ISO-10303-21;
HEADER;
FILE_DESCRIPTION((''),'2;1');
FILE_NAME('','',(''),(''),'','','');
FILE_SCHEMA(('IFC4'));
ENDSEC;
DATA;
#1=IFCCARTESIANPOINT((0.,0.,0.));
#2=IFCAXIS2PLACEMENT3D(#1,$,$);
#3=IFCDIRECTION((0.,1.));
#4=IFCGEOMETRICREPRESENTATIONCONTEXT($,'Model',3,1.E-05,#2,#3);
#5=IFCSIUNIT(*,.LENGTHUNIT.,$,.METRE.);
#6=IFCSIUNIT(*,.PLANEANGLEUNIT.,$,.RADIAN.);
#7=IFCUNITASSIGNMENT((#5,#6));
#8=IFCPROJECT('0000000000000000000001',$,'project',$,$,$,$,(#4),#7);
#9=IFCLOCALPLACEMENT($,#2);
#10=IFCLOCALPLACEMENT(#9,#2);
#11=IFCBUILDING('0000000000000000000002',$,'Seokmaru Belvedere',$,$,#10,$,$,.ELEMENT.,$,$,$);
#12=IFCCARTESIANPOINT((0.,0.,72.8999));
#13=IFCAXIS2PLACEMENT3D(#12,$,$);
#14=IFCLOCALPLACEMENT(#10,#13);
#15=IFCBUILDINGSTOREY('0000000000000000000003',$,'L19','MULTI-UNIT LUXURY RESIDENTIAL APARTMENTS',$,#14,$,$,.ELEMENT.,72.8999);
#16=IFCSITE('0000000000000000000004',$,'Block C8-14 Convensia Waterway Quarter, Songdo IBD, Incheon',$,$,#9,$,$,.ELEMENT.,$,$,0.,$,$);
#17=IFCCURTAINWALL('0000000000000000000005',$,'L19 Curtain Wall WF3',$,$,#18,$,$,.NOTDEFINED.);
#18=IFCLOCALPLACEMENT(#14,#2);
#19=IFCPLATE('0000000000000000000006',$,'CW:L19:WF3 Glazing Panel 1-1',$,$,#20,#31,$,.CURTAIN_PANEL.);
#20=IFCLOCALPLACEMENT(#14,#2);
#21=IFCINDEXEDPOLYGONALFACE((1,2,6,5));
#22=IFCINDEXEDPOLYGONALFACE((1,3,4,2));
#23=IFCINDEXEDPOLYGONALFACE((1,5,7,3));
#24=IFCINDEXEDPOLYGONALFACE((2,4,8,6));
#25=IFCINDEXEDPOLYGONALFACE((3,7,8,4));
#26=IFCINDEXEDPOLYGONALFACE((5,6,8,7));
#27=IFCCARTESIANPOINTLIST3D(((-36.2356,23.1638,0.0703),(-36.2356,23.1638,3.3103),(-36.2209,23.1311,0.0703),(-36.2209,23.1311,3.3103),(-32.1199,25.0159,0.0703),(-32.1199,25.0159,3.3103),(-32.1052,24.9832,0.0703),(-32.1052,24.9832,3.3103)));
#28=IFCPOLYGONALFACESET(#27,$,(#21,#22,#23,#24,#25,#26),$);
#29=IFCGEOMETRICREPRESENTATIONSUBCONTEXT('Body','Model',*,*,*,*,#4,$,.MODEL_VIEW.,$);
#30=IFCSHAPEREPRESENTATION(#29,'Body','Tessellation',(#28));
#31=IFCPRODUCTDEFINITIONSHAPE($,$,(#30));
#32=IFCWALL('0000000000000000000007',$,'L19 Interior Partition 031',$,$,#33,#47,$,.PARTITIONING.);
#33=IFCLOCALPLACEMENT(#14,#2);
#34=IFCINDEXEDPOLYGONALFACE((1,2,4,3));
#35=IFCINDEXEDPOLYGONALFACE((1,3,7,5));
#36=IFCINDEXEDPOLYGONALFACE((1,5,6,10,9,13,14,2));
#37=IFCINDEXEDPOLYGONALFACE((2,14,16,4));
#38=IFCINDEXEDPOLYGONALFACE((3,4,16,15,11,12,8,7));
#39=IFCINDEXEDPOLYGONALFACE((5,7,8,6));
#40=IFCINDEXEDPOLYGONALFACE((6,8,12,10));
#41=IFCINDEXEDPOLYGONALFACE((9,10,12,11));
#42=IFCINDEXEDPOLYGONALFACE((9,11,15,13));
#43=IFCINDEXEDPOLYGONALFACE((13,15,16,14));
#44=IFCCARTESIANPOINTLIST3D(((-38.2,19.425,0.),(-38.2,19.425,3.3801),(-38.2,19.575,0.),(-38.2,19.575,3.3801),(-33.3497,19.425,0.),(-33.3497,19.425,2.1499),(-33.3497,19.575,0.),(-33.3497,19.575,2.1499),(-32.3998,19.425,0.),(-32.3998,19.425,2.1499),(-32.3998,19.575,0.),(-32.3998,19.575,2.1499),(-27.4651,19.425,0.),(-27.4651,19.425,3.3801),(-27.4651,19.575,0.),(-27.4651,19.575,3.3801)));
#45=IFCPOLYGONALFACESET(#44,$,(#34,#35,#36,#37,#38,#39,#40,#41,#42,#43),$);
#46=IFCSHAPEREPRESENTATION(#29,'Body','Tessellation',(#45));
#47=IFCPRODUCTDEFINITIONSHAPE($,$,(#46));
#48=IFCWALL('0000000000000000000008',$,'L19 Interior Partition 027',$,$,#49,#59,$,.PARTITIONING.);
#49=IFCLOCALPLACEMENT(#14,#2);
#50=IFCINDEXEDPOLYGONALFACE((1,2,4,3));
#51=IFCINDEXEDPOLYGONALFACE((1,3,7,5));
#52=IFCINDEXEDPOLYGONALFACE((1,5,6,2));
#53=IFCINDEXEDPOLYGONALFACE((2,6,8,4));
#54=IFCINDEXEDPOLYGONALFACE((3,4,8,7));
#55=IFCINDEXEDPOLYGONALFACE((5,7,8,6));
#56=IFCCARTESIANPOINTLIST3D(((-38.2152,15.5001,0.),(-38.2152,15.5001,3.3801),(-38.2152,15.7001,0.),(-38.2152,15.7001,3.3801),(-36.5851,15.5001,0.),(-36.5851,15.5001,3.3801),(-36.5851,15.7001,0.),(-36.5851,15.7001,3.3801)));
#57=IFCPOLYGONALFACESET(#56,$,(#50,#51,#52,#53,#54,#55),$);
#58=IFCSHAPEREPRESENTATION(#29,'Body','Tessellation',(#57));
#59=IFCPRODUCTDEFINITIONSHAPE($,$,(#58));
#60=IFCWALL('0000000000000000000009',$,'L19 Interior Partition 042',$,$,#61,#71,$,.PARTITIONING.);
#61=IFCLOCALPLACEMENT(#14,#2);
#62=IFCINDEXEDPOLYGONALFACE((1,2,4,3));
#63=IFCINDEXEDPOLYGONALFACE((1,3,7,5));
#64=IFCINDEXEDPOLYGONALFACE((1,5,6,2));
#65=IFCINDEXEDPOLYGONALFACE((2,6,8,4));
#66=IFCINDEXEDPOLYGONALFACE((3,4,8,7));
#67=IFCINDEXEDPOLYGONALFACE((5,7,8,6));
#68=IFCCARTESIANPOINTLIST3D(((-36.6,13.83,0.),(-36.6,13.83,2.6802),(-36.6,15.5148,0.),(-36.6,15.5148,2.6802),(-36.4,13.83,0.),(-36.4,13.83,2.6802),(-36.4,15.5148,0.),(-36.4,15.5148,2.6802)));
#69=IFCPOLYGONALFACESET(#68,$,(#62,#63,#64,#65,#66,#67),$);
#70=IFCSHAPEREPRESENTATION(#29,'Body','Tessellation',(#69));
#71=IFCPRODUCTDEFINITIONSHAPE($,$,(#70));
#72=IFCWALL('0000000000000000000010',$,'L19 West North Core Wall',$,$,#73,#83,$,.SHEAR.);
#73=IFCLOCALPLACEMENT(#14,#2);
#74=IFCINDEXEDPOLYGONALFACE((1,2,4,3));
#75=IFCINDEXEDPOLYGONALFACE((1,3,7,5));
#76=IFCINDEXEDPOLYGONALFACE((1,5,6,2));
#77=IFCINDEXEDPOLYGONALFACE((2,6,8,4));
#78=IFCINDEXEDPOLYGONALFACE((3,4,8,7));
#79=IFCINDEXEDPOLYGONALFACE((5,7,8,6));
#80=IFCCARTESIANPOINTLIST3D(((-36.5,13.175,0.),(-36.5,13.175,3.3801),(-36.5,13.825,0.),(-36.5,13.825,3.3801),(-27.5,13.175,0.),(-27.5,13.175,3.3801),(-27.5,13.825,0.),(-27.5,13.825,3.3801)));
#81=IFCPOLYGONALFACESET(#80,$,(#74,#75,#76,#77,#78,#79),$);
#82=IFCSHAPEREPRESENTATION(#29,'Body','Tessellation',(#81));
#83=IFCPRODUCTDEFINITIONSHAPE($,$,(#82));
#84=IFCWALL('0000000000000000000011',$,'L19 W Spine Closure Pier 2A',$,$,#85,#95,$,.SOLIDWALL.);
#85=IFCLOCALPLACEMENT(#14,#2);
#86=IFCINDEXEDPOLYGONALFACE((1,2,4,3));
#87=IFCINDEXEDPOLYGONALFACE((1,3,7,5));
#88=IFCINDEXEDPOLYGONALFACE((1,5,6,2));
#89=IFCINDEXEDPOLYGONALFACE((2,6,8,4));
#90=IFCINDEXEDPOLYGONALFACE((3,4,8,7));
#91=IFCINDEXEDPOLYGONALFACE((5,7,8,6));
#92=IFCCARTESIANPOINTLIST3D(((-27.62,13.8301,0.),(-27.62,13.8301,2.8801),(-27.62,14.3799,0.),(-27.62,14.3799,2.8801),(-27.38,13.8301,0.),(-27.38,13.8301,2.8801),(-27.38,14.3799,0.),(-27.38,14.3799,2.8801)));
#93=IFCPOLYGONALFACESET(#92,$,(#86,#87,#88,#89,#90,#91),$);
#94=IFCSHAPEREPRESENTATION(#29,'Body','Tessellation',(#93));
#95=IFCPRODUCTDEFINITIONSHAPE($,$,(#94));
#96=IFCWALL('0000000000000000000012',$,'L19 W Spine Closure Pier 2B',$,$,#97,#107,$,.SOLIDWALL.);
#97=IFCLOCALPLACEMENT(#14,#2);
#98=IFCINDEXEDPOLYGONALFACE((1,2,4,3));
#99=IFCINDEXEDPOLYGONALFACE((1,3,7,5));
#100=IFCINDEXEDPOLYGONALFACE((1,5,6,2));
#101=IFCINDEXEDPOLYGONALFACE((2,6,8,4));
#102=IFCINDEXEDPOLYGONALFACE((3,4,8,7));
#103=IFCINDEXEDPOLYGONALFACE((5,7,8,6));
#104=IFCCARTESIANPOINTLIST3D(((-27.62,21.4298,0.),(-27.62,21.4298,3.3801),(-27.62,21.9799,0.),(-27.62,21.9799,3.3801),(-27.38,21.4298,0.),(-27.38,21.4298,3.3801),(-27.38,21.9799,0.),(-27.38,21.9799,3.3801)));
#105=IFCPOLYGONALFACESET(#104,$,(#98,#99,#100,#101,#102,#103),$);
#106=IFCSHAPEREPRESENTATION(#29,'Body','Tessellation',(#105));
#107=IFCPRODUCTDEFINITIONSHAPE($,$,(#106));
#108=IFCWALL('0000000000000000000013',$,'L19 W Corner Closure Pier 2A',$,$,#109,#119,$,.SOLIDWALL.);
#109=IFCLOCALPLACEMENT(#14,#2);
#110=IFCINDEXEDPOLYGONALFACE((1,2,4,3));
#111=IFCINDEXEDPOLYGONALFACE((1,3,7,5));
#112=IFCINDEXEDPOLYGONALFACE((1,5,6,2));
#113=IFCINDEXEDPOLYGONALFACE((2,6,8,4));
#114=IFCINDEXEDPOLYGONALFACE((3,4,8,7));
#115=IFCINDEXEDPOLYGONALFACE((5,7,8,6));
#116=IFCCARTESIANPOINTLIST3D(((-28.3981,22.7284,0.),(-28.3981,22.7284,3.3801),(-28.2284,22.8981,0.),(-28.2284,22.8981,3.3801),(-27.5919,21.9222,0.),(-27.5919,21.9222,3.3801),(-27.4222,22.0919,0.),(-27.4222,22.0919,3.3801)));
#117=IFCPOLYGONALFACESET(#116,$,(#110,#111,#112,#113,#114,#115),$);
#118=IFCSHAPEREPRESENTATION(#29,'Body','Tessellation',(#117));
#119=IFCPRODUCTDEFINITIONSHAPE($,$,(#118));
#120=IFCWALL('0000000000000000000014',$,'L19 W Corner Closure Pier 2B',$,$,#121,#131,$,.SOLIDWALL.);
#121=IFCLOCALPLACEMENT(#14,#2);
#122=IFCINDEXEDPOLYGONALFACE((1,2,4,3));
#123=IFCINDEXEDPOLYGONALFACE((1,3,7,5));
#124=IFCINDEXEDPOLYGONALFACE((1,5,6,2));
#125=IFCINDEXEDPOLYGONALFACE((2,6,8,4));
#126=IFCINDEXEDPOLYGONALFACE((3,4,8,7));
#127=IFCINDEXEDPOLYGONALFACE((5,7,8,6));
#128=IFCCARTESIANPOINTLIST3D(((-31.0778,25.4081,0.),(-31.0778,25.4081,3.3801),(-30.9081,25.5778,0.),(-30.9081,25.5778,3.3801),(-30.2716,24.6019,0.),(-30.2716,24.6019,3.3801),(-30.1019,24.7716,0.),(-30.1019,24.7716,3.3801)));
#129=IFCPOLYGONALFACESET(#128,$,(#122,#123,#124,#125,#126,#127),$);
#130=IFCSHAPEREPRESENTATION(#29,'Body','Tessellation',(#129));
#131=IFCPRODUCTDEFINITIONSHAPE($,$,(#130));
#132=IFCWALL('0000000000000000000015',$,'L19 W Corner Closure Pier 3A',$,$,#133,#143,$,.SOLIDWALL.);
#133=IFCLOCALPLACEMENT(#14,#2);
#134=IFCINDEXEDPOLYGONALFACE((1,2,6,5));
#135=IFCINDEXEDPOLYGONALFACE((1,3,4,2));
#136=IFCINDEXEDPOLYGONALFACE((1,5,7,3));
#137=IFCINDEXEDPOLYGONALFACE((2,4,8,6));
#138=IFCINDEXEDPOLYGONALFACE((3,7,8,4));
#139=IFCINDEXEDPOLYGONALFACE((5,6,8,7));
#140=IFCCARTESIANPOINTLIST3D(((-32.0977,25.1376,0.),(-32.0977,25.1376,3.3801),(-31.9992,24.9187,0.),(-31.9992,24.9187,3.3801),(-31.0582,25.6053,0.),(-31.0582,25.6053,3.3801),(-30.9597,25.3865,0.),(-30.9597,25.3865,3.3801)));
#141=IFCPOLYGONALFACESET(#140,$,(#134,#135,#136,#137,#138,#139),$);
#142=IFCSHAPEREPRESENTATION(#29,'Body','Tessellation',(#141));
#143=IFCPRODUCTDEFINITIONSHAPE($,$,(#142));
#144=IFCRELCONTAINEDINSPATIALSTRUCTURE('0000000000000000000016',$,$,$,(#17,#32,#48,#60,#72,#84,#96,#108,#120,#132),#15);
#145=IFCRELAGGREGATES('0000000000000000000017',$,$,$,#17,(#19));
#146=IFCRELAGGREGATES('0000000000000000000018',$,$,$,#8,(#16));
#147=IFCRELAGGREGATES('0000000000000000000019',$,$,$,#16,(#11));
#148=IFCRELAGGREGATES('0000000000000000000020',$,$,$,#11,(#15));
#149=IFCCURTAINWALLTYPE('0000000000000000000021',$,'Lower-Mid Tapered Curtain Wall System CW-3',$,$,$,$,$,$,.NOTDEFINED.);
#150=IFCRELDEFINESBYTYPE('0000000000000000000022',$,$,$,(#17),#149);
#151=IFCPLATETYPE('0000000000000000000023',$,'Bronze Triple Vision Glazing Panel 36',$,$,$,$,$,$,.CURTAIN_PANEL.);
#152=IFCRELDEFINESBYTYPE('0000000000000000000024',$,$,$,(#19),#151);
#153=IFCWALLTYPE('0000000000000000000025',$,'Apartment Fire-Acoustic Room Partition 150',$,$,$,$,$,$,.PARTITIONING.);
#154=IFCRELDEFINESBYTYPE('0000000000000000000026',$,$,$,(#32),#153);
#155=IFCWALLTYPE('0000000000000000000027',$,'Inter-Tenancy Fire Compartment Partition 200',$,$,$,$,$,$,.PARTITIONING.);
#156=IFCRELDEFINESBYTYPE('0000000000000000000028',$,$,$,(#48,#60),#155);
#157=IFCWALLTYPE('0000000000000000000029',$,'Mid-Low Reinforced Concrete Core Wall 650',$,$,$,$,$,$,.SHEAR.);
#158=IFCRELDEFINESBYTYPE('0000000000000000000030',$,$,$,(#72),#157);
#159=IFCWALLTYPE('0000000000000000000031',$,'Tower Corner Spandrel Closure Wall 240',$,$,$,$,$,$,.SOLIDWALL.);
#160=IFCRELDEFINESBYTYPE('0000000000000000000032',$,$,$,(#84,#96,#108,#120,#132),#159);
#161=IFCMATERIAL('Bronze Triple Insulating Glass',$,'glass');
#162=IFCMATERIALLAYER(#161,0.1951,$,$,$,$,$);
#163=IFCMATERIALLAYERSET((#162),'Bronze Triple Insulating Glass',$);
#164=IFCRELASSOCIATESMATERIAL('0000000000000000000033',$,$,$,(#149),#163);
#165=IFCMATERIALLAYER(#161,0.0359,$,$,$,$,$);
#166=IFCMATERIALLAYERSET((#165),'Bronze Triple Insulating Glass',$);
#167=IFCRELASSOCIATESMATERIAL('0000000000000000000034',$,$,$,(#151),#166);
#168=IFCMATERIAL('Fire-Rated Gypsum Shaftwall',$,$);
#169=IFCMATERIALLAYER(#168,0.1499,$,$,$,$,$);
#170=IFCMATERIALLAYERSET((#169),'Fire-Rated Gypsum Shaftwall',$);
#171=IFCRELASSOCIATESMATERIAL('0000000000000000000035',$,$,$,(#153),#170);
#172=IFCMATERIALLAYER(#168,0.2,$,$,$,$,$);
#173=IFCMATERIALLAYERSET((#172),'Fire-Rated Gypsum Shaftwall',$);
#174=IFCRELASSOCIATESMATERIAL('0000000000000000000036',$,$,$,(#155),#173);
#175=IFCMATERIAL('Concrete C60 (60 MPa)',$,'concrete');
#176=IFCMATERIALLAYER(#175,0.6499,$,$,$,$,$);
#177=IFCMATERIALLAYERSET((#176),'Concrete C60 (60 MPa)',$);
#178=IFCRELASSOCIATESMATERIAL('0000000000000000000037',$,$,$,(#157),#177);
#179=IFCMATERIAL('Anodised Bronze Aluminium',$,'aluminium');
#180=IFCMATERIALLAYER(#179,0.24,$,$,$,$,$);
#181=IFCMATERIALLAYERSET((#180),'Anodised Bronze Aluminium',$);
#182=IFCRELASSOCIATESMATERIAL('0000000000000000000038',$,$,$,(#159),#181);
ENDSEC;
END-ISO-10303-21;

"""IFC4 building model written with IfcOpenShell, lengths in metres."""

from ifc_helpers import new_model, si_unit, direction, frame, frame_2d, origin, origin_2d, place, context, subcontext, project, spatial, rectangle, extrude, source, transform, mapped, material, layer, layer_set, type_object, element, aggregate, save


model = new_model("IFC4")

# Units and contexts
model_context = context("Model", 3, precision=1e-05, world=origin(), true_north=direction((0.0, 1.0)))
body_context = subcontext(model_context, "Body", "Model", "MODEL_VIEW")
ifc_project = project(units=[si_unit("LENGTHUNIT", "METRE"), si_unit("PLANEANGLEUNIT", "RADIAN")], contexts=[model_context])

# Site, building, storey
site_placement = place(None, origin())
site = spatial("IfcSite", under=ifc_project, at=site_placement, Name="Block C8-14 Convensia Waterway Quarter, Songdo IBD, Incheon", CompositionType="ELEMENT", RefElevation=0.0)
building_placement = place(site_placement, origin())
building = spatial("IfcBuilding", under=site, at=building_placement, Name="Seokmaru Belvedere", CompositionType="ELEMENT")
storey_placement = place(building_placement, frame((0.0, 0.0, 72.8999)))
storey = spatial("IfcBuildingStorey", under=building, at=storey_placement, Name="L19", Description="MULTI-UNIT LUXURY RESIDENTIAL APARTMENTS", CompositionType="ELEMENT", Elevation=72.8999)

# Curtain wall
ifc_material_1 = material(Name="Bronze Triple Insulating Glass", Category="glass")
ifc_layer_1 = layer(ifc_material_1, 0.1951)
ifc_layer_set_1 = layer_set([ifc_layer_1], Name="Bronze Triple Insulating Glass")
curtain_wall_type = type_object("IfcCurtainWallType", Name="Lower-Mid Tapered Curtain Wall System CW-3", PredefinedType="NOTDEFINED", material=ifc_layer_set_1)
ifc_material_2 = material(Name="Anodised Bronze Aluminium", Category="aluminium")
curtain_wall_1_placement = place(storey_placement, origin())
curtain_wall_1 = element("IfcCurtainWall", 1, at=curtain_wall_1_placement, inside=storey, type_object=curtain_wall_type, Name="L19 Curtain Wall WF3", PredefinedType="NOTDEFINED")

# Plate
ifc_layer_2 = layer(ifc_material_1, 0.0359)
ifc_layer_set_2 = layer_set([ifc_layer_2], Name="Bronze Triple Insulating Glass")
plate_type = type_object("IfcPlateType", Name="Bronze Triple Vision Glazing Panel 36", PredefinedType="CURTAIN_PANEL", material=ifc_layer_set_2)
shared_shape_1 = source(origin(), body_context, "Body", "SweptSolid", [
    extrude(rectangle(XDim=4.5132, YDim=0.0359, at=origin_2d()), origin(), (0.0, 0.0, 1.0), 3.24),
])
plate_1_placement = place(storey_placement, frame((-34.1704, 24.0735, 0.0703), z_axis=(0.0, 0.0, 1.0), x_axis=(-0.911921, -0.410366, 0.0)))
plate_1 = element("IfcPlate", 2, at=plate_1_placement, type_object=plate_type, Name="CW:L19:WF3 Glazing Panel 1-1", PredefinedType="CURTAIN_PANEL", context=body_context, shape_type="MappedRepresentation", body=[
    mapped(shared_shape_1, transform((0.0, 0.0, 0.0), scale=1.0)),
])
aggregate(curtain_wall_1, [plate_1])

# Wall, opening
ifc_material_3 = material(Name="Fire-Rated Gypsum Shaftwall")
ifc_layer_3 = layer(ifc_material_3, 0.1499)
ifc_layer_set_3 = layer_set([ifc_layer_3], Name="Fire-Rated Gypsum Shaftwall")
wall_type_1 = type_object("IfcWallType", Name="Apartment Fire-Acoustic Room Partition 150", PredefinedType="PARTITIONING", material=ifc_layer_set_3)
wall_1_placement = place(storey_placement, frame((-38.2, 19.5, 0.0), z_axis=(0.0, 0.0, 1.0), x_axis=(1.0, 0.0, 0.0)))
wall_1 = element("IfcWall", 3, at=wall_1_placement, inside=storey, type_object=wall_type_1, Name="L19 Interior Partition 031", PredefinedType="PARTITIONING", context=body_context, shape_type="SweptSolid", body=[
    extrude(rectangle(XDim=10.7349, YDim=0.1499, at=frame_2d((5.3674, 0.0))), origin(), (0.0, 0.0, 1.0), 3.3801),
])
opening_placement = place(wall_1_placement, frame((4.8501, 0.0, 0.0)))
element("IfcOpeningElement", 4, at=opening_placement, cuts=wall_1, PredefinedType="OPENING", context=body_context, shape_type="SweptSolid", body=[
    extrude(rectangle(XDim=0.95, YDim=2.1499, at=frame_2d((0.4751, 1.075))), frame((0.0, 0.085, 0.0), z_axis=(0.0, -1.0, 0.0), x_axis=(1.0, 0.0, 0.0)), (0.0, 0.0, 1.0), 0.1699),
])

# Walls
ifc_layer_4 = layer(ifc_material_3, 0.2)
ifc_layer_set_4 = layer_set([ifc_layer_4], Name="Fire-Rated Gypsum Shaftwall")
wall_type_2 = type_object("IfcWallType", Name="Inter-Tenancy Fire Compartment Partition 200", PredefinedType="PARTITIONING", material=ifc_layer_set_4)
wall_2_placement = place(storey_placement, frame((-38.2151, 15.6001, 0.0), z_axis=(0.0, 0.0, 1.0), x_axis=(1.0, 0.0, 0.0)))
element("IfcWall", 5, at=wall_2_placement, inside=storey, type_object=wall_type_2, Name="L19 Interior Partition 027", PredefinedType="PARTITIONING", context=body_context, shape_type="SweptSolid", body=[
    extrude(rectangle(XDim=1.6301, YDim=0.2, at=frame_2d((0.8149, 0.0))), origin(), (0.0, 0.0, 1.0), 3.3801),
])
wall_3_placement = place(storey_placement, frame((-36.5, 13.8301, 0.0), z_axis=(0.0, 0.0, 1.0), x_axis=(0.0, 1.0, 0.0)))
element("IfcWall", 6, at=wall_3_placement, inside=storey, type_object=wall_type_2, Name="L19 Interior Partition 042", PredefinedType="PARTITIONING", context=body_context, shape_type="SweptSolid", body=[
    extrude(rectangle(XDim=1.6848, YDim=0.2, at=frame_2d((0.8423, 0.0))), origin(), (0.0, 0.0, 1.0), 2.6802),
])
ifc_material_4 = material(Name="Concrete C60 (60 MPa)", Category="concrete")
ifc_layer_5 = layer(ifc_material_4, 0.6499)
ifc_layer_set_5 = layer_set([ifc_layer_5], Name="Concrete C60 (60 MPa)")
wall_type_3 = type_object("IfcWallType", Name="Mid-Low Reinforced Concrete Core Wall 650", PredefinedType="SHEAR", material=ifc_layer_set_5)
wall_4_placement = place(storey_placement, frame((-36.5, 13.5, 0.0), z_axis=(0.0, 0.0, 1.0), x_axis=(1.0, 0.0, 0.0)))
element("IfcWall", 7, at=wall_4_placement, inside=storey, type_object=wall_type_3, Name="L19 West North Core Wall", PredefinedType="SHEAR", context=body_context, shape_type="SweptSolid", body=[
    extrude(rectangle(XDim=9.0, YDim=0.6499, at=frame_2d((4.5, 0.0))), origin(), (0.0, 0.0, 1.0), 3.3801),
])
ifc_layer_6 = layer(ifc_material_2, 0.24)
ifc_layer_set_6 = layer_set([ifc_layer_6], Name="Anodised Bronze Aluminium")
wall_type_4 = type_object("IfcWallType", Name="Tower Corner Spandrel Closure Wall 240", PredefinedType="SOLIDWALL", material=ifc_layer_set_6)
wall_5_placement = place(storey_placement, frame((-27.5, 13.8301, 0.0), z_axis=(0.0, 0.0, 1.0), x_axis=(0.0, 1.0, 0.0)))
element("IfcWall", 8, at=wall_5_placement, inside=storey, type_object=wall_type_4, Name="L19 W Spine Closure Pier 2A", PredefinedType="SOLIDWALL", context=body_context, shape_type="SweptSolid", body=[
    extrude(rectangle(XDim=0.5498, YDim=0.24, at=frame_2d((0.2749, 0.0))), origin(), (0.0, 0.0, 1.0), 2.8801),
])
wall_6_placement = place(storey_placement, frame((-27.5, 21.4299, 0.0), z_axis=(0.0, 0.0, 1.0), x_axis=(0.0, 1.0, 0.0)))
element("IfcWall", 9, at=wall_6_placement, inside=storey, type_object=wall_type_4, Name="L19 W Spine Closure Pier 2B", PredefinedType="SOLIDWALL", context=body_context, shape_type="SweptSolid", body=[
    extrude(rectangle(XDim=0.55, YDim=0.24, at=frame_2d((0.2749, 0.0))), origin(), (0.0, 0.0, 1.0), 3.3801),
])
for number, where, z_axis, x_axis, name in (
    (10, (-27.5071, 22.0071, 0.0), (0.0, 0.0, 1.0), (-0.707107, 0.707107, 0.0), "L19 W Corner Closure Pier 2A"),
    (11, (-30.1868, 24.6868, 0.0), (0.0, 0.0, 1.0), (-0.707107, 0.707107, 0.0), "L19 W Corner Closure Pier 2B"),
):
    element("IfcWall", number, at=place(storey_placement, frame(where, z_axis=z_axis, x_axis=x_axis)), inside=storey, type_object=wall_type_4, Name=name, PredefinedType="SOLIDWALL", context=body_context, shape_type="SweptSolid", body=[
        extrude(rectangle(XDim=1.1401, YDim=0.24, at=frame_2d((0.5701, 0.0))), origin(), (0.0, 0.0, 1.0), 3.3801),
    ])
wall_7_placement = place(storey_placement, frame((-31.009, 25.4958, 0.0), z_axis=(0.0, 0.0, 1.0), x_axis=(-0.91193, -0.410347, 0.0)))
element("IfcWall", 12, at=wall_7_placement, inside=storey, type_object=wall_type_4, Name="L19 W Corner Closure Pier 3A", PredefinedType="SOLIDWALL", context=body_context, shape_type="SweptSolid", body=[
    extrude(rectangle(XDim=1.1399, YDim=0.24, at=frame_2d((0.5698, 0.0))), origin(), (0.0, 0.0, 1.0), 3.3801),
])

save(model, "model.ifc")
